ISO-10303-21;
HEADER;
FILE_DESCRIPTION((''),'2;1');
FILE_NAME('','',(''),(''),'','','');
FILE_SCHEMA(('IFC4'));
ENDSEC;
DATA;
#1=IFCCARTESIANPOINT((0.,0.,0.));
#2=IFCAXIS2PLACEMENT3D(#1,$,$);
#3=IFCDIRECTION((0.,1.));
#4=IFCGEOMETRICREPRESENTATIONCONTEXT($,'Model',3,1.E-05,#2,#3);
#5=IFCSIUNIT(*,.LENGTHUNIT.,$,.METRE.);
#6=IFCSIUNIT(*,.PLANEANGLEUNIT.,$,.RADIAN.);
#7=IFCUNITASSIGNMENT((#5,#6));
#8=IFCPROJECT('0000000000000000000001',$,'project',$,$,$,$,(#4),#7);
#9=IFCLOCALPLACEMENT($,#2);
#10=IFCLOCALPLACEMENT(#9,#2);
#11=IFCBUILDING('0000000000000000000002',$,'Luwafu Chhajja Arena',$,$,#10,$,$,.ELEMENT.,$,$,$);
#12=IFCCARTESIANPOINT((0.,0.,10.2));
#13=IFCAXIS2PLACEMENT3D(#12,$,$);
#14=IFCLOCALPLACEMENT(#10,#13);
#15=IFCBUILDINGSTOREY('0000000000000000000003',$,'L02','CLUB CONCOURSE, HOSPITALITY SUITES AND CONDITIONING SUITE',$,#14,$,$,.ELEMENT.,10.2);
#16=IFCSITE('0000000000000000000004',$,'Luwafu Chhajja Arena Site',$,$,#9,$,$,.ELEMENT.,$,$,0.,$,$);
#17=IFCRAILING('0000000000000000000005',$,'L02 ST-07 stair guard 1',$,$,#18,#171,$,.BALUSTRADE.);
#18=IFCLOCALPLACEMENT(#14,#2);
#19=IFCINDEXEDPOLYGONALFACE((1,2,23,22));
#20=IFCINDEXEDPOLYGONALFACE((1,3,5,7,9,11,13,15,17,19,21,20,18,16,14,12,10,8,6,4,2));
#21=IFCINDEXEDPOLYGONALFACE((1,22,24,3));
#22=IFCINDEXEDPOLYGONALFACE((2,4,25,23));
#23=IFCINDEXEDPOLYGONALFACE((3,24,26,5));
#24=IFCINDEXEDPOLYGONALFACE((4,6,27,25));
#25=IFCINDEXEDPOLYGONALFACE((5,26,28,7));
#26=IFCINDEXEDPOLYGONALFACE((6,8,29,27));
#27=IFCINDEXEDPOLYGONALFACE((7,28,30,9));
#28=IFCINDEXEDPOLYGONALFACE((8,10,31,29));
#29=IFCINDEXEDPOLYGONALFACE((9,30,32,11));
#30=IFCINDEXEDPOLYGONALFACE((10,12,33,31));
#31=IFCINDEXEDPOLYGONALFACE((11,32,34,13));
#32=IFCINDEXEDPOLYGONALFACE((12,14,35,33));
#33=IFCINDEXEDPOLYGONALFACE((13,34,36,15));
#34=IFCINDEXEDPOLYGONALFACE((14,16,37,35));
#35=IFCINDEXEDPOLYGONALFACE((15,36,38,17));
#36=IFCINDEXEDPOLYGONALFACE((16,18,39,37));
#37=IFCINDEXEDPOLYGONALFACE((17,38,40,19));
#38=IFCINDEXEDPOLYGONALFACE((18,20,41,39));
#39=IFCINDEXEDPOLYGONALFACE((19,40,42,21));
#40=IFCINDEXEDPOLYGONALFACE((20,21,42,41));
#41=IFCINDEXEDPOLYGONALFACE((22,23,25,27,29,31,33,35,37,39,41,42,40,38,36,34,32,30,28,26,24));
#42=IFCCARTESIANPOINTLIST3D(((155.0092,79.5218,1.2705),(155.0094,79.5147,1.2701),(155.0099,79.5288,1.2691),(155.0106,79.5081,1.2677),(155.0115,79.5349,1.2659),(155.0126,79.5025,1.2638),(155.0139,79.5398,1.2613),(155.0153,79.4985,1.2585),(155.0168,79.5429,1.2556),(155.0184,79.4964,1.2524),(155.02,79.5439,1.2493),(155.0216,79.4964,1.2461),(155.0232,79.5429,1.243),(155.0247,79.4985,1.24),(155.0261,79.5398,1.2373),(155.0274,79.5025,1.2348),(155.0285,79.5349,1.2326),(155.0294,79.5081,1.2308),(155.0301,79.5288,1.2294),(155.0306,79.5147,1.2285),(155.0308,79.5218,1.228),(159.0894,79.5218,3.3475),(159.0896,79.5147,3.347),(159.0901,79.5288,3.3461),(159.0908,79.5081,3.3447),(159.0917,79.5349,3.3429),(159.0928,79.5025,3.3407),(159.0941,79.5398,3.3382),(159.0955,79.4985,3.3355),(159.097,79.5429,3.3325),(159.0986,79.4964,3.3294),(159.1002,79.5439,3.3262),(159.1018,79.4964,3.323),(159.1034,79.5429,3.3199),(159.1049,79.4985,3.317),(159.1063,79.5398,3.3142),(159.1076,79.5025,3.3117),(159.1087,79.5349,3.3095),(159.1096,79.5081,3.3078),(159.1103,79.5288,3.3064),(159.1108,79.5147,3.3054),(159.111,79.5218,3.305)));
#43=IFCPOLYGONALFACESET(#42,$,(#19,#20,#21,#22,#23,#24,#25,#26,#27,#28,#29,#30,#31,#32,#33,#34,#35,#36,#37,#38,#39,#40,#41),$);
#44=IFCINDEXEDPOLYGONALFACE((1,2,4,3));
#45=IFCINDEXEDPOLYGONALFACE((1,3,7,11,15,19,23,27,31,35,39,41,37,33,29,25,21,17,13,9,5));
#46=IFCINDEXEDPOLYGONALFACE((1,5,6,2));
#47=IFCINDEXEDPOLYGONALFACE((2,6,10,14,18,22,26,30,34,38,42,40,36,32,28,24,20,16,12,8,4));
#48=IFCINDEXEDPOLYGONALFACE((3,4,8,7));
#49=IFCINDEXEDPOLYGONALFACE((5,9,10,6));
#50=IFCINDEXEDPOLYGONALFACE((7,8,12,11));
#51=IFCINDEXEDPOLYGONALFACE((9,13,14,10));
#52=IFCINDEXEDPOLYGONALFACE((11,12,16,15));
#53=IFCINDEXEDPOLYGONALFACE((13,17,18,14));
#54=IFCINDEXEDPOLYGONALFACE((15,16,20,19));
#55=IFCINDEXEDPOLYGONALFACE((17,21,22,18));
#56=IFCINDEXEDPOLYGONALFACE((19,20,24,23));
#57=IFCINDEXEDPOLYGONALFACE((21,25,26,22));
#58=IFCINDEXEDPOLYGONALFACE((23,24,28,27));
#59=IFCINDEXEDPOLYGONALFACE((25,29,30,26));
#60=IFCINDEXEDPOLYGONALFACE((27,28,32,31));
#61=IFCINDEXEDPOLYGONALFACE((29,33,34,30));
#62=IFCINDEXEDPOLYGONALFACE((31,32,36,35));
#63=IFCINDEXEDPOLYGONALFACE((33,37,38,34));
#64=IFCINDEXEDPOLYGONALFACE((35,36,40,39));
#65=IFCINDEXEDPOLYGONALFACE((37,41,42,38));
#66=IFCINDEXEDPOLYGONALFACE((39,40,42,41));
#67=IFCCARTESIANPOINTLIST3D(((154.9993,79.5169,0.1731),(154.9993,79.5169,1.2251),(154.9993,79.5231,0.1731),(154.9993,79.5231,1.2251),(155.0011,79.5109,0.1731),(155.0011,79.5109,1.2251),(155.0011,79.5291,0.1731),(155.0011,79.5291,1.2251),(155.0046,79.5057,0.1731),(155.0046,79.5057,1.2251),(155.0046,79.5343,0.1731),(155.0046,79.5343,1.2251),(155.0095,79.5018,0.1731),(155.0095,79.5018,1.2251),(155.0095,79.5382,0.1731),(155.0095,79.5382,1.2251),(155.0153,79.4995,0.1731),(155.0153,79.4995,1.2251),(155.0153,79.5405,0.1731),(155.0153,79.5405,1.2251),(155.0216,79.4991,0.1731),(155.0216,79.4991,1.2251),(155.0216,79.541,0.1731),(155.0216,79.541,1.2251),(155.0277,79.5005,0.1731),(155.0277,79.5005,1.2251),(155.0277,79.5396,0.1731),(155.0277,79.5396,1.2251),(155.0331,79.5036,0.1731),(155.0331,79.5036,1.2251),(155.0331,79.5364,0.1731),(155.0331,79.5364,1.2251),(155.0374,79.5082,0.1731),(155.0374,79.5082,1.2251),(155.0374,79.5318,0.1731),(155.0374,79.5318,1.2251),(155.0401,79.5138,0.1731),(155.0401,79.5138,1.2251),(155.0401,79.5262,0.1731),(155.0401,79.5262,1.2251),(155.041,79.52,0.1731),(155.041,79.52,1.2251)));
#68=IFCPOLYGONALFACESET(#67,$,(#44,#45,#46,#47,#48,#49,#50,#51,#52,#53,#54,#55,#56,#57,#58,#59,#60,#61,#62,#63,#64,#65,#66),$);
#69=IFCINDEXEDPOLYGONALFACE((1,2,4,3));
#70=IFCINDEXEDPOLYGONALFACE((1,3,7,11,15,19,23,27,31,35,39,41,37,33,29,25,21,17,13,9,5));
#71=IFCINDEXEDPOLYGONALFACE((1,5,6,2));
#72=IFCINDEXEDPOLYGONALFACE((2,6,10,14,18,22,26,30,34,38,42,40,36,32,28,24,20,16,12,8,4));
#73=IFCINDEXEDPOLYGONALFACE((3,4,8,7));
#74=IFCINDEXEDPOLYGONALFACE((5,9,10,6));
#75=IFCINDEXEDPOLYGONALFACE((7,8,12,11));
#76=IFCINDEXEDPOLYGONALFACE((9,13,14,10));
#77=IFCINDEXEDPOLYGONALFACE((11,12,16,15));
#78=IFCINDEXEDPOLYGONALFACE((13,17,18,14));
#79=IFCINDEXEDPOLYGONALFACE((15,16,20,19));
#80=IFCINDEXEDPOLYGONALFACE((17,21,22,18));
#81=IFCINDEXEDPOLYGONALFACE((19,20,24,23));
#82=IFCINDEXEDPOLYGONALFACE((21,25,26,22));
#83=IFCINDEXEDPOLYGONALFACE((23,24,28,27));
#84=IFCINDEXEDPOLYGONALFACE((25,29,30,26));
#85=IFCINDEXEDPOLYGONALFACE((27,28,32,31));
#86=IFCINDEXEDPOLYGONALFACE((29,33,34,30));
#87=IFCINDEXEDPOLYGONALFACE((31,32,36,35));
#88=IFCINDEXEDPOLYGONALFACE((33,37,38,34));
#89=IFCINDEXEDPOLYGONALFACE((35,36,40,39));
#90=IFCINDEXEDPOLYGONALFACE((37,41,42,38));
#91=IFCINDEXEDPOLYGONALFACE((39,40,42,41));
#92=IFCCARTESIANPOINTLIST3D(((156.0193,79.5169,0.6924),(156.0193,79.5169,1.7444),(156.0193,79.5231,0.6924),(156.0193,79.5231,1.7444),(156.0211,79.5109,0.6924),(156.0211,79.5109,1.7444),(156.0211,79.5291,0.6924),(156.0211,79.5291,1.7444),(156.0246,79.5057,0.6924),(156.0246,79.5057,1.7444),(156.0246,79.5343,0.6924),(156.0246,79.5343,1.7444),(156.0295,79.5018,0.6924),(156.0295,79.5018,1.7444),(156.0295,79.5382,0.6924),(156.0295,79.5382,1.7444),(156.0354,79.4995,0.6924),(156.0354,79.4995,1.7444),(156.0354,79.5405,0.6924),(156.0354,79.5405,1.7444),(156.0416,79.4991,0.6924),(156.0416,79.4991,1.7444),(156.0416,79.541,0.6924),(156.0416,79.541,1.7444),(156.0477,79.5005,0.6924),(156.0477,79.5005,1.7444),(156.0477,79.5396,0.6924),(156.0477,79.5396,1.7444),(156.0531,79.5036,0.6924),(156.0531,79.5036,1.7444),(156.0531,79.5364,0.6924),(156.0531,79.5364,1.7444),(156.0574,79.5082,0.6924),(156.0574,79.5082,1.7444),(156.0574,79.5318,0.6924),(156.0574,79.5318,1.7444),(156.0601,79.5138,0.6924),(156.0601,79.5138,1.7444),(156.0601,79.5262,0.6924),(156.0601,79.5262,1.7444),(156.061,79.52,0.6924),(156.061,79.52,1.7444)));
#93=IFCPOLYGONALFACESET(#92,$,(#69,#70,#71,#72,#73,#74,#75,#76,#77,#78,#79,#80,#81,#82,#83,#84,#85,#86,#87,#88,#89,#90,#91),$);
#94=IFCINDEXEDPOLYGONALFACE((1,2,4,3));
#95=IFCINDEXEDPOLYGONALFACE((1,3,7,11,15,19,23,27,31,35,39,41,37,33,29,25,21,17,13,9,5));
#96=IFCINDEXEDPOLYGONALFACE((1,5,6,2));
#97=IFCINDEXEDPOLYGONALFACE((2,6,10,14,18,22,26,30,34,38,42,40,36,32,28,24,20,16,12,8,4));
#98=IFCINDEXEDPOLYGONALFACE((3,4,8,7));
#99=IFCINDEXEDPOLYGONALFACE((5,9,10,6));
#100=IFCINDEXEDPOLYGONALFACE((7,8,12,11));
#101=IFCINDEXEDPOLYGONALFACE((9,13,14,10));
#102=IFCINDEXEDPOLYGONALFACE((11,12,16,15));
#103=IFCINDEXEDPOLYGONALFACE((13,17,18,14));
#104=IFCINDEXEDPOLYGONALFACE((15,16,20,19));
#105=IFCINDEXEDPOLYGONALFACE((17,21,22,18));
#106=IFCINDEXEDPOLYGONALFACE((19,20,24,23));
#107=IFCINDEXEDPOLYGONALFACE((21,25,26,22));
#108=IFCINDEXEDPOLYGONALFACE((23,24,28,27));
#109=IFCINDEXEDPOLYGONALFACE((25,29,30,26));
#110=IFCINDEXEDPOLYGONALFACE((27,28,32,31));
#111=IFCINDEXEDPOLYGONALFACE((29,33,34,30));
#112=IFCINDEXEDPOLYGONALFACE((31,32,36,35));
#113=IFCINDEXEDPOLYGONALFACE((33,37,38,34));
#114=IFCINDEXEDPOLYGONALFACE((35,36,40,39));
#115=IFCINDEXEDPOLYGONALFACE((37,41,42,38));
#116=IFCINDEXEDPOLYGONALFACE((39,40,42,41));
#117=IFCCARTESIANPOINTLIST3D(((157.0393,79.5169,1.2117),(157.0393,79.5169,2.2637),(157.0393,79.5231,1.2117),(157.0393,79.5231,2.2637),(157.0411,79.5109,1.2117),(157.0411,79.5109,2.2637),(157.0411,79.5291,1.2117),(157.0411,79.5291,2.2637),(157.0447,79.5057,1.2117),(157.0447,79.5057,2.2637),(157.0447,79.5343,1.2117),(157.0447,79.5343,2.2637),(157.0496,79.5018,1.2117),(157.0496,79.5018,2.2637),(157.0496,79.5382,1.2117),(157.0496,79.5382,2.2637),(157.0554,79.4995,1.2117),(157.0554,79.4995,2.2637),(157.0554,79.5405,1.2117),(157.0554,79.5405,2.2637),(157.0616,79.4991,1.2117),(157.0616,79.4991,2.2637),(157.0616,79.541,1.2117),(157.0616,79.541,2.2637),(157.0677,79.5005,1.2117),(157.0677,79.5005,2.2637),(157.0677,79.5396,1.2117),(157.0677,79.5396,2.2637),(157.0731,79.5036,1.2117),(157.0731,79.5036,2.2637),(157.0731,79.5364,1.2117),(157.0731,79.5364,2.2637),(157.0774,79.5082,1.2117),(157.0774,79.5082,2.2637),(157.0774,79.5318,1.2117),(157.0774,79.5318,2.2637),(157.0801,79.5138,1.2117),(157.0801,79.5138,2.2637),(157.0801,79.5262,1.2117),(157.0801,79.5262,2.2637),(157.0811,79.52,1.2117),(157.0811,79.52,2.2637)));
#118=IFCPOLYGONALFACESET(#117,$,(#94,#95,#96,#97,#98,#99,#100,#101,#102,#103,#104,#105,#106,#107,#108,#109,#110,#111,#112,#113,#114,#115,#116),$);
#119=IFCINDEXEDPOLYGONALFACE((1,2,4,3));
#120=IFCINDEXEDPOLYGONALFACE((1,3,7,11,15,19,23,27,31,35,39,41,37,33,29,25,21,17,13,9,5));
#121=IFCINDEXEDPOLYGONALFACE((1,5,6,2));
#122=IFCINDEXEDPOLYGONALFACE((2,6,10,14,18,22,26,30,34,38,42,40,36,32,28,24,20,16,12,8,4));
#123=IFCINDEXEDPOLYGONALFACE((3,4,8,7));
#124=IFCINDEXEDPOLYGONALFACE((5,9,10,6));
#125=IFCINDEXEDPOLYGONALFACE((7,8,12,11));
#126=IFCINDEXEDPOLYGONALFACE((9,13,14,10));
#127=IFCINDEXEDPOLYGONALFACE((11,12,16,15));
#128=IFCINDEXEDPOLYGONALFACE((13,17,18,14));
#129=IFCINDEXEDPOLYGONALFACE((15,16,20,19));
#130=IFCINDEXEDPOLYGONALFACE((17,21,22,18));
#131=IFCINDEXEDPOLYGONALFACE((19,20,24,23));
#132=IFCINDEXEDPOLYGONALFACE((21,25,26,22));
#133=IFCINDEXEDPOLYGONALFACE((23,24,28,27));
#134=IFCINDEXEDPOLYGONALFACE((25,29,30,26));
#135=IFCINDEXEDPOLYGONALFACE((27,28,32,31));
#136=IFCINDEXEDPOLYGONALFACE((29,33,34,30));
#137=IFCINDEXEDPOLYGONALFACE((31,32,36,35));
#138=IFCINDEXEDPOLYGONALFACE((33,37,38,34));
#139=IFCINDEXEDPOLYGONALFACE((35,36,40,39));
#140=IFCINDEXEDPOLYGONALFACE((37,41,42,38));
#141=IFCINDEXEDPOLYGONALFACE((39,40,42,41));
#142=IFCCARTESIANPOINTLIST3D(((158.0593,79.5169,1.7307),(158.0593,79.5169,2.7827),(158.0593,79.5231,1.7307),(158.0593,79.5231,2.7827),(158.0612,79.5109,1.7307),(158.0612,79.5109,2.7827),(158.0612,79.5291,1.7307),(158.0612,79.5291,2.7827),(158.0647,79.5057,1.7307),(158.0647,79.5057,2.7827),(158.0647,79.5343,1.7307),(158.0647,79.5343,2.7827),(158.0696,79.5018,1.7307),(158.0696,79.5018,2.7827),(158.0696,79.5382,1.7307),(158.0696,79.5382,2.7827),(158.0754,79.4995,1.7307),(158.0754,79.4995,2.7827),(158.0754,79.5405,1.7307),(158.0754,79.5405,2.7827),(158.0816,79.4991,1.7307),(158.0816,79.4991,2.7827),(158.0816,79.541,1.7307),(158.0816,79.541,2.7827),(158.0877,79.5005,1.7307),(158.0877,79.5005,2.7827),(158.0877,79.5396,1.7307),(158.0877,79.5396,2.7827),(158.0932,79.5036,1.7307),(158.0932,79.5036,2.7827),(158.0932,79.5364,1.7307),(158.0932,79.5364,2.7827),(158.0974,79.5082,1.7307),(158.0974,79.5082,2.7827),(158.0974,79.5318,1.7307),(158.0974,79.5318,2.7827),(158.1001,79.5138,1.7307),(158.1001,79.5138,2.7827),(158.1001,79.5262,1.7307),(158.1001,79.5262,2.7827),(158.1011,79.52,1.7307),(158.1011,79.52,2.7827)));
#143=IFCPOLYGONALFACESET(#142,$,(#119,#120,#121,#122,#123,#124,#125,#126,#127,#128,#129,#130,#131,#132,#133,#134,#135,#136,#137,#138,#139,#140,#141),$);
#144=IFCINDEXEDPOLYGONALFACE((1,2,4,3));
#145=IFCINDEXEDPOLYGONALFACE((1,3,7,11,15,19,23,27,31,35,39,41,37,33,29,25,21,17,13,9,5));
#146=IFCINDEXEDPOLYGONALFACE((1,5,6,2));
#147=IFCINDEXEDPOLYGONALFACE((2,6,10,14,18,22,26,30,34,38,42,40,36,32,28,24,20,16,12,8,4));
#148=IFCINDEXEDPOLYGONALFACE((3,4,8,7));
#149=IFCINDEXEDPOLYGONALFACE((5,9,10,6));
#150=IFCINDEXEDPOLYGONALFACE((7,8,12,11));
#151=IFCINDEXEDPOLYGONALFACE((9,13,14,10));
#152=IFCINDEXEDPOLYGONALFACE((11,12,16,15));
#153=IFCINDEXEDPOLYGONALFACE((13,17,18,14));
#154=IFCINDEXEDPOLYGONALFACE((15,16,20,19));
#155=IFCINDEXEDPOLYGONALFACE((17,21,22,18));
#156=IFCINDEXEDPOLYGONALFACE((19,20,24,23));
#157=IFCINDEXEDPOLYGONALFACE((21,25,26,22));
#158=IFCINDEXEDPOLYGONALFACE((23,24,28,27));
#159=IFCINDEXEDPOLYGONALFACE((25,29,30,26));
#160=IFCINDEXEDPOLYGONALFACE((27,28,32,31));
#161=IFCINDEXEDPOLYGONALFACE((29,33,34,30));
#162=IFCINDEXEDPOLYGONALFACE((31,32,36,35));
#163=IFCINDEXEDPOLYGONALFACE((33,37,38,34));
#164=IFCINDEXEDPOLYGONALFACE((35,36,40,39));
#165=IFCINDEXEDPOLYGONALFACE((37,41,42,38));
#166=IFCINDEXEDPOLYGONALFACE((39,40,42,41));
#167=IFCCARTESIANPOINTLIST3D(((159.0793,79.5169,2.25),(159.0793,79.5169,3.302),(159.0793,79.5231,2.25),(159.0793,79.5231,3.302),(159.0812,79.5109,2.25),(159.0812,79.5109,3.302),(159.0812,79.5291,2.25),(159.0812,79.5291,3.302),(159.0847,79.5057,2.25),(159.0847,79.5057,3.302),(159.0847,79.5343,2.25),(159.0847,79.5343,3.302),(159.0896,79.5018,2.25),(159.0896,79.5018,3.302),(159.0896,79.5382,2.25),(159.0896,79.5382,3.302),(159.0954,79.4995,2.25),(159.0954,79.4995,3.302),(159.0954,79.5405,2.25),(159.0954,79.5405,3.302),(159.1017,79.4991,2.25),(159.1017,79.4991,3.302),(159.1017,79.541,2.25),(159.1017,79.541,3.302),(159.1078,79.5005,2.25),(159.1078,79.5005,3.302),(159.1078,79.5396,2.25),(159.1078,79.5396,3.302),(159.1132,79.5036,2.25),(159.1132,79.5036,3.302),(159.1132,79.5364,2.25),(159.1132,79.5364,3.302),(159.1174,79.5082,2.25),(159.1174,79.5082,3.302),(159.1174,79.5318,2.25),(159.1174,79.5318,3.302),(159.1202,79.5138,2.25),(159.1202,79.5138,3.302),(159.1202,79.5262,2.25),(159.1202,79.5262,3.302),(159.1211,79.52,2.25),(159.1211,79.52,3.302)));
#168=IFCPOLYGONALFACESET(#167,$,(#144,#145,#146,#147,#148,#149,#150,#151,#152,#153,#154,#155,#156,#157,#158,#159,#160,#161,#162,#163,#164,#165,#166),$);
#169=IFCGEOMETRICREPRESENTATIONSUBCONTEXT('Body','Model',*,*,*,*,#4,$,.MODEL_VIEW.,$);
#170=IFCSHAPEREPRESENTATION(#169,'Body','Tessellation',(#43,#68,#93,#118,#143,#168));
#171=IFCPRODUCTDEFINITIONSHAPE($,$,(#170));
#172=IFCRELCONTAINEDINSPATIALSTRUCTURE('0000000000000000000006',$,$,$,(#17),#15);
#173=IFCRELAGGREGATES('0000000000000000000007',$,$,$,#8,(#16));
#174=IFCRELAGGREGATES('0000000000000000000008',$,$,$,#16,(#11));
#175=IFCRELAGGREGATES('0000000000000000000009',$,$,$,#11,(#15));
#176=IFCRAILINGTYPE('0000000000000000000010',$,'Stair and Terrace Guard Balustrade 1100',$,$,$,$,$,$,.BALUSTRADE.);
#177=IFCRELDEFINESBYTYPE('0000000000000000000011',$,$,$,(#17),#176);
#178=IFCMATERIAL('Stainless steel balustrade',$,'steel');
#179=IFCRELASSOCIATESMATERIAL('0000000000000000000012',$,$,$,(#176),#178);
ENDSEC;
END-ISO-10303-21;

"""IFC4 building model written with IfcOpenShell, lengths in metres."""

from ifc_helpers import new_model, si_unit, direction, frame, origin, origin_2d, place, context, subcontext, project, spatial, circle, extrude, material, type_object, element, save


model = new_model("IFC4")

# Units and contexts
model_context = context("Model", 3, precision=1e-05, world=origin(), true_north=direction((0.0, 1.0)))
body_context = subcontext(model_context, "Body", "Model", "MODEL_VIEW")
ifc_project = project(units=[si_unit("LENGTHUNIT", "METRE"), si_unit("PLANEANGLEUNIT", "RADIAN")], contexts=[model_context])

# Site, building, storey
site_placement = place(None, origin())
site = spatial("IfcSite", under=ifc_project, at=site_placement, Name="Luwafu Chhajja Arena Site", CompositionType="ELEMENT", RefElevation=0.0)
building_placement = place(site_placement, origin())
building = spatial("IfcBuilding", under=site, at=building_placement, Name="Luwafu Chhajja Arena", CompositionType="ELEMENT")
storey_placement = place(building_placement, frame((0.0, 0.0, 10.2)))
storey = spatial("IfcBuildingStorey", under=building, at=storey_placement, Name="L02", Description="CLUB CONCOURSE, HOSPITALITY SUITES AND CONDITIONING SUITE", CompositionType="ELEMENT", Elevation=10.2)

# Railing
ifc_material_1 = material(Name="Stainless steel balustrade", Category="steel")
railing_type_1 = type_object("IfcRailingType", Name="Stair and Terrace Guard Balustrade 1100", PredefinedType="BALUSTRADE", material=ifc_material_1)
railing_1_placement = place(storey_placement, frame((155.02, 79.52, 0.1731)))
element("IfcRailing", 1, at=railing_1_placement, inside=storey, type_object=railing_type_1, Name="L02 ST-07 stair guard 1", PredefinedType="BALUSTRADE", context=body_context, shape_type="SweptSolid", body=[
    extrude(circle(Radius=0.0239, at=origin_2d()), frame((0.0, 0.0, 1.0762), z_axis=(0.891183, 0.0, 0.453644), x_axis=(0.0, 1.0, 0.0)), (0.0, 0.0, 1.0), 4.5784),
    extrude(circle(Radius=0.021, at=origin_2d()), origin(), (0.0, 0.0, 1.0), 1.052),
    extrude(circle(Radius=0.021, at=origin_2d()), frame((1.02, 0.0, 0.5193)), (0.0, 0.0, 1.0), 1.052),
    extrude(circle(Radius=0.021, at=origin_2d()), frame((2.04, 0.0, 1.0386)), (0.0, 0.0, 1.0), 1.052),
    extrude(circle(Radius=0.021, at=origin_2d()), frame((3.0601, 0.0, 1.5576)), (0.0, 0.0, 1.0), 1.052),
    extrude(circle(Radius=0.021, at=origin_2d()), frame((4.0801, 0.0, 2.0769)), (0.0, 0.0, 1.0), 1.052),
])

save(model, "model.ifc")
